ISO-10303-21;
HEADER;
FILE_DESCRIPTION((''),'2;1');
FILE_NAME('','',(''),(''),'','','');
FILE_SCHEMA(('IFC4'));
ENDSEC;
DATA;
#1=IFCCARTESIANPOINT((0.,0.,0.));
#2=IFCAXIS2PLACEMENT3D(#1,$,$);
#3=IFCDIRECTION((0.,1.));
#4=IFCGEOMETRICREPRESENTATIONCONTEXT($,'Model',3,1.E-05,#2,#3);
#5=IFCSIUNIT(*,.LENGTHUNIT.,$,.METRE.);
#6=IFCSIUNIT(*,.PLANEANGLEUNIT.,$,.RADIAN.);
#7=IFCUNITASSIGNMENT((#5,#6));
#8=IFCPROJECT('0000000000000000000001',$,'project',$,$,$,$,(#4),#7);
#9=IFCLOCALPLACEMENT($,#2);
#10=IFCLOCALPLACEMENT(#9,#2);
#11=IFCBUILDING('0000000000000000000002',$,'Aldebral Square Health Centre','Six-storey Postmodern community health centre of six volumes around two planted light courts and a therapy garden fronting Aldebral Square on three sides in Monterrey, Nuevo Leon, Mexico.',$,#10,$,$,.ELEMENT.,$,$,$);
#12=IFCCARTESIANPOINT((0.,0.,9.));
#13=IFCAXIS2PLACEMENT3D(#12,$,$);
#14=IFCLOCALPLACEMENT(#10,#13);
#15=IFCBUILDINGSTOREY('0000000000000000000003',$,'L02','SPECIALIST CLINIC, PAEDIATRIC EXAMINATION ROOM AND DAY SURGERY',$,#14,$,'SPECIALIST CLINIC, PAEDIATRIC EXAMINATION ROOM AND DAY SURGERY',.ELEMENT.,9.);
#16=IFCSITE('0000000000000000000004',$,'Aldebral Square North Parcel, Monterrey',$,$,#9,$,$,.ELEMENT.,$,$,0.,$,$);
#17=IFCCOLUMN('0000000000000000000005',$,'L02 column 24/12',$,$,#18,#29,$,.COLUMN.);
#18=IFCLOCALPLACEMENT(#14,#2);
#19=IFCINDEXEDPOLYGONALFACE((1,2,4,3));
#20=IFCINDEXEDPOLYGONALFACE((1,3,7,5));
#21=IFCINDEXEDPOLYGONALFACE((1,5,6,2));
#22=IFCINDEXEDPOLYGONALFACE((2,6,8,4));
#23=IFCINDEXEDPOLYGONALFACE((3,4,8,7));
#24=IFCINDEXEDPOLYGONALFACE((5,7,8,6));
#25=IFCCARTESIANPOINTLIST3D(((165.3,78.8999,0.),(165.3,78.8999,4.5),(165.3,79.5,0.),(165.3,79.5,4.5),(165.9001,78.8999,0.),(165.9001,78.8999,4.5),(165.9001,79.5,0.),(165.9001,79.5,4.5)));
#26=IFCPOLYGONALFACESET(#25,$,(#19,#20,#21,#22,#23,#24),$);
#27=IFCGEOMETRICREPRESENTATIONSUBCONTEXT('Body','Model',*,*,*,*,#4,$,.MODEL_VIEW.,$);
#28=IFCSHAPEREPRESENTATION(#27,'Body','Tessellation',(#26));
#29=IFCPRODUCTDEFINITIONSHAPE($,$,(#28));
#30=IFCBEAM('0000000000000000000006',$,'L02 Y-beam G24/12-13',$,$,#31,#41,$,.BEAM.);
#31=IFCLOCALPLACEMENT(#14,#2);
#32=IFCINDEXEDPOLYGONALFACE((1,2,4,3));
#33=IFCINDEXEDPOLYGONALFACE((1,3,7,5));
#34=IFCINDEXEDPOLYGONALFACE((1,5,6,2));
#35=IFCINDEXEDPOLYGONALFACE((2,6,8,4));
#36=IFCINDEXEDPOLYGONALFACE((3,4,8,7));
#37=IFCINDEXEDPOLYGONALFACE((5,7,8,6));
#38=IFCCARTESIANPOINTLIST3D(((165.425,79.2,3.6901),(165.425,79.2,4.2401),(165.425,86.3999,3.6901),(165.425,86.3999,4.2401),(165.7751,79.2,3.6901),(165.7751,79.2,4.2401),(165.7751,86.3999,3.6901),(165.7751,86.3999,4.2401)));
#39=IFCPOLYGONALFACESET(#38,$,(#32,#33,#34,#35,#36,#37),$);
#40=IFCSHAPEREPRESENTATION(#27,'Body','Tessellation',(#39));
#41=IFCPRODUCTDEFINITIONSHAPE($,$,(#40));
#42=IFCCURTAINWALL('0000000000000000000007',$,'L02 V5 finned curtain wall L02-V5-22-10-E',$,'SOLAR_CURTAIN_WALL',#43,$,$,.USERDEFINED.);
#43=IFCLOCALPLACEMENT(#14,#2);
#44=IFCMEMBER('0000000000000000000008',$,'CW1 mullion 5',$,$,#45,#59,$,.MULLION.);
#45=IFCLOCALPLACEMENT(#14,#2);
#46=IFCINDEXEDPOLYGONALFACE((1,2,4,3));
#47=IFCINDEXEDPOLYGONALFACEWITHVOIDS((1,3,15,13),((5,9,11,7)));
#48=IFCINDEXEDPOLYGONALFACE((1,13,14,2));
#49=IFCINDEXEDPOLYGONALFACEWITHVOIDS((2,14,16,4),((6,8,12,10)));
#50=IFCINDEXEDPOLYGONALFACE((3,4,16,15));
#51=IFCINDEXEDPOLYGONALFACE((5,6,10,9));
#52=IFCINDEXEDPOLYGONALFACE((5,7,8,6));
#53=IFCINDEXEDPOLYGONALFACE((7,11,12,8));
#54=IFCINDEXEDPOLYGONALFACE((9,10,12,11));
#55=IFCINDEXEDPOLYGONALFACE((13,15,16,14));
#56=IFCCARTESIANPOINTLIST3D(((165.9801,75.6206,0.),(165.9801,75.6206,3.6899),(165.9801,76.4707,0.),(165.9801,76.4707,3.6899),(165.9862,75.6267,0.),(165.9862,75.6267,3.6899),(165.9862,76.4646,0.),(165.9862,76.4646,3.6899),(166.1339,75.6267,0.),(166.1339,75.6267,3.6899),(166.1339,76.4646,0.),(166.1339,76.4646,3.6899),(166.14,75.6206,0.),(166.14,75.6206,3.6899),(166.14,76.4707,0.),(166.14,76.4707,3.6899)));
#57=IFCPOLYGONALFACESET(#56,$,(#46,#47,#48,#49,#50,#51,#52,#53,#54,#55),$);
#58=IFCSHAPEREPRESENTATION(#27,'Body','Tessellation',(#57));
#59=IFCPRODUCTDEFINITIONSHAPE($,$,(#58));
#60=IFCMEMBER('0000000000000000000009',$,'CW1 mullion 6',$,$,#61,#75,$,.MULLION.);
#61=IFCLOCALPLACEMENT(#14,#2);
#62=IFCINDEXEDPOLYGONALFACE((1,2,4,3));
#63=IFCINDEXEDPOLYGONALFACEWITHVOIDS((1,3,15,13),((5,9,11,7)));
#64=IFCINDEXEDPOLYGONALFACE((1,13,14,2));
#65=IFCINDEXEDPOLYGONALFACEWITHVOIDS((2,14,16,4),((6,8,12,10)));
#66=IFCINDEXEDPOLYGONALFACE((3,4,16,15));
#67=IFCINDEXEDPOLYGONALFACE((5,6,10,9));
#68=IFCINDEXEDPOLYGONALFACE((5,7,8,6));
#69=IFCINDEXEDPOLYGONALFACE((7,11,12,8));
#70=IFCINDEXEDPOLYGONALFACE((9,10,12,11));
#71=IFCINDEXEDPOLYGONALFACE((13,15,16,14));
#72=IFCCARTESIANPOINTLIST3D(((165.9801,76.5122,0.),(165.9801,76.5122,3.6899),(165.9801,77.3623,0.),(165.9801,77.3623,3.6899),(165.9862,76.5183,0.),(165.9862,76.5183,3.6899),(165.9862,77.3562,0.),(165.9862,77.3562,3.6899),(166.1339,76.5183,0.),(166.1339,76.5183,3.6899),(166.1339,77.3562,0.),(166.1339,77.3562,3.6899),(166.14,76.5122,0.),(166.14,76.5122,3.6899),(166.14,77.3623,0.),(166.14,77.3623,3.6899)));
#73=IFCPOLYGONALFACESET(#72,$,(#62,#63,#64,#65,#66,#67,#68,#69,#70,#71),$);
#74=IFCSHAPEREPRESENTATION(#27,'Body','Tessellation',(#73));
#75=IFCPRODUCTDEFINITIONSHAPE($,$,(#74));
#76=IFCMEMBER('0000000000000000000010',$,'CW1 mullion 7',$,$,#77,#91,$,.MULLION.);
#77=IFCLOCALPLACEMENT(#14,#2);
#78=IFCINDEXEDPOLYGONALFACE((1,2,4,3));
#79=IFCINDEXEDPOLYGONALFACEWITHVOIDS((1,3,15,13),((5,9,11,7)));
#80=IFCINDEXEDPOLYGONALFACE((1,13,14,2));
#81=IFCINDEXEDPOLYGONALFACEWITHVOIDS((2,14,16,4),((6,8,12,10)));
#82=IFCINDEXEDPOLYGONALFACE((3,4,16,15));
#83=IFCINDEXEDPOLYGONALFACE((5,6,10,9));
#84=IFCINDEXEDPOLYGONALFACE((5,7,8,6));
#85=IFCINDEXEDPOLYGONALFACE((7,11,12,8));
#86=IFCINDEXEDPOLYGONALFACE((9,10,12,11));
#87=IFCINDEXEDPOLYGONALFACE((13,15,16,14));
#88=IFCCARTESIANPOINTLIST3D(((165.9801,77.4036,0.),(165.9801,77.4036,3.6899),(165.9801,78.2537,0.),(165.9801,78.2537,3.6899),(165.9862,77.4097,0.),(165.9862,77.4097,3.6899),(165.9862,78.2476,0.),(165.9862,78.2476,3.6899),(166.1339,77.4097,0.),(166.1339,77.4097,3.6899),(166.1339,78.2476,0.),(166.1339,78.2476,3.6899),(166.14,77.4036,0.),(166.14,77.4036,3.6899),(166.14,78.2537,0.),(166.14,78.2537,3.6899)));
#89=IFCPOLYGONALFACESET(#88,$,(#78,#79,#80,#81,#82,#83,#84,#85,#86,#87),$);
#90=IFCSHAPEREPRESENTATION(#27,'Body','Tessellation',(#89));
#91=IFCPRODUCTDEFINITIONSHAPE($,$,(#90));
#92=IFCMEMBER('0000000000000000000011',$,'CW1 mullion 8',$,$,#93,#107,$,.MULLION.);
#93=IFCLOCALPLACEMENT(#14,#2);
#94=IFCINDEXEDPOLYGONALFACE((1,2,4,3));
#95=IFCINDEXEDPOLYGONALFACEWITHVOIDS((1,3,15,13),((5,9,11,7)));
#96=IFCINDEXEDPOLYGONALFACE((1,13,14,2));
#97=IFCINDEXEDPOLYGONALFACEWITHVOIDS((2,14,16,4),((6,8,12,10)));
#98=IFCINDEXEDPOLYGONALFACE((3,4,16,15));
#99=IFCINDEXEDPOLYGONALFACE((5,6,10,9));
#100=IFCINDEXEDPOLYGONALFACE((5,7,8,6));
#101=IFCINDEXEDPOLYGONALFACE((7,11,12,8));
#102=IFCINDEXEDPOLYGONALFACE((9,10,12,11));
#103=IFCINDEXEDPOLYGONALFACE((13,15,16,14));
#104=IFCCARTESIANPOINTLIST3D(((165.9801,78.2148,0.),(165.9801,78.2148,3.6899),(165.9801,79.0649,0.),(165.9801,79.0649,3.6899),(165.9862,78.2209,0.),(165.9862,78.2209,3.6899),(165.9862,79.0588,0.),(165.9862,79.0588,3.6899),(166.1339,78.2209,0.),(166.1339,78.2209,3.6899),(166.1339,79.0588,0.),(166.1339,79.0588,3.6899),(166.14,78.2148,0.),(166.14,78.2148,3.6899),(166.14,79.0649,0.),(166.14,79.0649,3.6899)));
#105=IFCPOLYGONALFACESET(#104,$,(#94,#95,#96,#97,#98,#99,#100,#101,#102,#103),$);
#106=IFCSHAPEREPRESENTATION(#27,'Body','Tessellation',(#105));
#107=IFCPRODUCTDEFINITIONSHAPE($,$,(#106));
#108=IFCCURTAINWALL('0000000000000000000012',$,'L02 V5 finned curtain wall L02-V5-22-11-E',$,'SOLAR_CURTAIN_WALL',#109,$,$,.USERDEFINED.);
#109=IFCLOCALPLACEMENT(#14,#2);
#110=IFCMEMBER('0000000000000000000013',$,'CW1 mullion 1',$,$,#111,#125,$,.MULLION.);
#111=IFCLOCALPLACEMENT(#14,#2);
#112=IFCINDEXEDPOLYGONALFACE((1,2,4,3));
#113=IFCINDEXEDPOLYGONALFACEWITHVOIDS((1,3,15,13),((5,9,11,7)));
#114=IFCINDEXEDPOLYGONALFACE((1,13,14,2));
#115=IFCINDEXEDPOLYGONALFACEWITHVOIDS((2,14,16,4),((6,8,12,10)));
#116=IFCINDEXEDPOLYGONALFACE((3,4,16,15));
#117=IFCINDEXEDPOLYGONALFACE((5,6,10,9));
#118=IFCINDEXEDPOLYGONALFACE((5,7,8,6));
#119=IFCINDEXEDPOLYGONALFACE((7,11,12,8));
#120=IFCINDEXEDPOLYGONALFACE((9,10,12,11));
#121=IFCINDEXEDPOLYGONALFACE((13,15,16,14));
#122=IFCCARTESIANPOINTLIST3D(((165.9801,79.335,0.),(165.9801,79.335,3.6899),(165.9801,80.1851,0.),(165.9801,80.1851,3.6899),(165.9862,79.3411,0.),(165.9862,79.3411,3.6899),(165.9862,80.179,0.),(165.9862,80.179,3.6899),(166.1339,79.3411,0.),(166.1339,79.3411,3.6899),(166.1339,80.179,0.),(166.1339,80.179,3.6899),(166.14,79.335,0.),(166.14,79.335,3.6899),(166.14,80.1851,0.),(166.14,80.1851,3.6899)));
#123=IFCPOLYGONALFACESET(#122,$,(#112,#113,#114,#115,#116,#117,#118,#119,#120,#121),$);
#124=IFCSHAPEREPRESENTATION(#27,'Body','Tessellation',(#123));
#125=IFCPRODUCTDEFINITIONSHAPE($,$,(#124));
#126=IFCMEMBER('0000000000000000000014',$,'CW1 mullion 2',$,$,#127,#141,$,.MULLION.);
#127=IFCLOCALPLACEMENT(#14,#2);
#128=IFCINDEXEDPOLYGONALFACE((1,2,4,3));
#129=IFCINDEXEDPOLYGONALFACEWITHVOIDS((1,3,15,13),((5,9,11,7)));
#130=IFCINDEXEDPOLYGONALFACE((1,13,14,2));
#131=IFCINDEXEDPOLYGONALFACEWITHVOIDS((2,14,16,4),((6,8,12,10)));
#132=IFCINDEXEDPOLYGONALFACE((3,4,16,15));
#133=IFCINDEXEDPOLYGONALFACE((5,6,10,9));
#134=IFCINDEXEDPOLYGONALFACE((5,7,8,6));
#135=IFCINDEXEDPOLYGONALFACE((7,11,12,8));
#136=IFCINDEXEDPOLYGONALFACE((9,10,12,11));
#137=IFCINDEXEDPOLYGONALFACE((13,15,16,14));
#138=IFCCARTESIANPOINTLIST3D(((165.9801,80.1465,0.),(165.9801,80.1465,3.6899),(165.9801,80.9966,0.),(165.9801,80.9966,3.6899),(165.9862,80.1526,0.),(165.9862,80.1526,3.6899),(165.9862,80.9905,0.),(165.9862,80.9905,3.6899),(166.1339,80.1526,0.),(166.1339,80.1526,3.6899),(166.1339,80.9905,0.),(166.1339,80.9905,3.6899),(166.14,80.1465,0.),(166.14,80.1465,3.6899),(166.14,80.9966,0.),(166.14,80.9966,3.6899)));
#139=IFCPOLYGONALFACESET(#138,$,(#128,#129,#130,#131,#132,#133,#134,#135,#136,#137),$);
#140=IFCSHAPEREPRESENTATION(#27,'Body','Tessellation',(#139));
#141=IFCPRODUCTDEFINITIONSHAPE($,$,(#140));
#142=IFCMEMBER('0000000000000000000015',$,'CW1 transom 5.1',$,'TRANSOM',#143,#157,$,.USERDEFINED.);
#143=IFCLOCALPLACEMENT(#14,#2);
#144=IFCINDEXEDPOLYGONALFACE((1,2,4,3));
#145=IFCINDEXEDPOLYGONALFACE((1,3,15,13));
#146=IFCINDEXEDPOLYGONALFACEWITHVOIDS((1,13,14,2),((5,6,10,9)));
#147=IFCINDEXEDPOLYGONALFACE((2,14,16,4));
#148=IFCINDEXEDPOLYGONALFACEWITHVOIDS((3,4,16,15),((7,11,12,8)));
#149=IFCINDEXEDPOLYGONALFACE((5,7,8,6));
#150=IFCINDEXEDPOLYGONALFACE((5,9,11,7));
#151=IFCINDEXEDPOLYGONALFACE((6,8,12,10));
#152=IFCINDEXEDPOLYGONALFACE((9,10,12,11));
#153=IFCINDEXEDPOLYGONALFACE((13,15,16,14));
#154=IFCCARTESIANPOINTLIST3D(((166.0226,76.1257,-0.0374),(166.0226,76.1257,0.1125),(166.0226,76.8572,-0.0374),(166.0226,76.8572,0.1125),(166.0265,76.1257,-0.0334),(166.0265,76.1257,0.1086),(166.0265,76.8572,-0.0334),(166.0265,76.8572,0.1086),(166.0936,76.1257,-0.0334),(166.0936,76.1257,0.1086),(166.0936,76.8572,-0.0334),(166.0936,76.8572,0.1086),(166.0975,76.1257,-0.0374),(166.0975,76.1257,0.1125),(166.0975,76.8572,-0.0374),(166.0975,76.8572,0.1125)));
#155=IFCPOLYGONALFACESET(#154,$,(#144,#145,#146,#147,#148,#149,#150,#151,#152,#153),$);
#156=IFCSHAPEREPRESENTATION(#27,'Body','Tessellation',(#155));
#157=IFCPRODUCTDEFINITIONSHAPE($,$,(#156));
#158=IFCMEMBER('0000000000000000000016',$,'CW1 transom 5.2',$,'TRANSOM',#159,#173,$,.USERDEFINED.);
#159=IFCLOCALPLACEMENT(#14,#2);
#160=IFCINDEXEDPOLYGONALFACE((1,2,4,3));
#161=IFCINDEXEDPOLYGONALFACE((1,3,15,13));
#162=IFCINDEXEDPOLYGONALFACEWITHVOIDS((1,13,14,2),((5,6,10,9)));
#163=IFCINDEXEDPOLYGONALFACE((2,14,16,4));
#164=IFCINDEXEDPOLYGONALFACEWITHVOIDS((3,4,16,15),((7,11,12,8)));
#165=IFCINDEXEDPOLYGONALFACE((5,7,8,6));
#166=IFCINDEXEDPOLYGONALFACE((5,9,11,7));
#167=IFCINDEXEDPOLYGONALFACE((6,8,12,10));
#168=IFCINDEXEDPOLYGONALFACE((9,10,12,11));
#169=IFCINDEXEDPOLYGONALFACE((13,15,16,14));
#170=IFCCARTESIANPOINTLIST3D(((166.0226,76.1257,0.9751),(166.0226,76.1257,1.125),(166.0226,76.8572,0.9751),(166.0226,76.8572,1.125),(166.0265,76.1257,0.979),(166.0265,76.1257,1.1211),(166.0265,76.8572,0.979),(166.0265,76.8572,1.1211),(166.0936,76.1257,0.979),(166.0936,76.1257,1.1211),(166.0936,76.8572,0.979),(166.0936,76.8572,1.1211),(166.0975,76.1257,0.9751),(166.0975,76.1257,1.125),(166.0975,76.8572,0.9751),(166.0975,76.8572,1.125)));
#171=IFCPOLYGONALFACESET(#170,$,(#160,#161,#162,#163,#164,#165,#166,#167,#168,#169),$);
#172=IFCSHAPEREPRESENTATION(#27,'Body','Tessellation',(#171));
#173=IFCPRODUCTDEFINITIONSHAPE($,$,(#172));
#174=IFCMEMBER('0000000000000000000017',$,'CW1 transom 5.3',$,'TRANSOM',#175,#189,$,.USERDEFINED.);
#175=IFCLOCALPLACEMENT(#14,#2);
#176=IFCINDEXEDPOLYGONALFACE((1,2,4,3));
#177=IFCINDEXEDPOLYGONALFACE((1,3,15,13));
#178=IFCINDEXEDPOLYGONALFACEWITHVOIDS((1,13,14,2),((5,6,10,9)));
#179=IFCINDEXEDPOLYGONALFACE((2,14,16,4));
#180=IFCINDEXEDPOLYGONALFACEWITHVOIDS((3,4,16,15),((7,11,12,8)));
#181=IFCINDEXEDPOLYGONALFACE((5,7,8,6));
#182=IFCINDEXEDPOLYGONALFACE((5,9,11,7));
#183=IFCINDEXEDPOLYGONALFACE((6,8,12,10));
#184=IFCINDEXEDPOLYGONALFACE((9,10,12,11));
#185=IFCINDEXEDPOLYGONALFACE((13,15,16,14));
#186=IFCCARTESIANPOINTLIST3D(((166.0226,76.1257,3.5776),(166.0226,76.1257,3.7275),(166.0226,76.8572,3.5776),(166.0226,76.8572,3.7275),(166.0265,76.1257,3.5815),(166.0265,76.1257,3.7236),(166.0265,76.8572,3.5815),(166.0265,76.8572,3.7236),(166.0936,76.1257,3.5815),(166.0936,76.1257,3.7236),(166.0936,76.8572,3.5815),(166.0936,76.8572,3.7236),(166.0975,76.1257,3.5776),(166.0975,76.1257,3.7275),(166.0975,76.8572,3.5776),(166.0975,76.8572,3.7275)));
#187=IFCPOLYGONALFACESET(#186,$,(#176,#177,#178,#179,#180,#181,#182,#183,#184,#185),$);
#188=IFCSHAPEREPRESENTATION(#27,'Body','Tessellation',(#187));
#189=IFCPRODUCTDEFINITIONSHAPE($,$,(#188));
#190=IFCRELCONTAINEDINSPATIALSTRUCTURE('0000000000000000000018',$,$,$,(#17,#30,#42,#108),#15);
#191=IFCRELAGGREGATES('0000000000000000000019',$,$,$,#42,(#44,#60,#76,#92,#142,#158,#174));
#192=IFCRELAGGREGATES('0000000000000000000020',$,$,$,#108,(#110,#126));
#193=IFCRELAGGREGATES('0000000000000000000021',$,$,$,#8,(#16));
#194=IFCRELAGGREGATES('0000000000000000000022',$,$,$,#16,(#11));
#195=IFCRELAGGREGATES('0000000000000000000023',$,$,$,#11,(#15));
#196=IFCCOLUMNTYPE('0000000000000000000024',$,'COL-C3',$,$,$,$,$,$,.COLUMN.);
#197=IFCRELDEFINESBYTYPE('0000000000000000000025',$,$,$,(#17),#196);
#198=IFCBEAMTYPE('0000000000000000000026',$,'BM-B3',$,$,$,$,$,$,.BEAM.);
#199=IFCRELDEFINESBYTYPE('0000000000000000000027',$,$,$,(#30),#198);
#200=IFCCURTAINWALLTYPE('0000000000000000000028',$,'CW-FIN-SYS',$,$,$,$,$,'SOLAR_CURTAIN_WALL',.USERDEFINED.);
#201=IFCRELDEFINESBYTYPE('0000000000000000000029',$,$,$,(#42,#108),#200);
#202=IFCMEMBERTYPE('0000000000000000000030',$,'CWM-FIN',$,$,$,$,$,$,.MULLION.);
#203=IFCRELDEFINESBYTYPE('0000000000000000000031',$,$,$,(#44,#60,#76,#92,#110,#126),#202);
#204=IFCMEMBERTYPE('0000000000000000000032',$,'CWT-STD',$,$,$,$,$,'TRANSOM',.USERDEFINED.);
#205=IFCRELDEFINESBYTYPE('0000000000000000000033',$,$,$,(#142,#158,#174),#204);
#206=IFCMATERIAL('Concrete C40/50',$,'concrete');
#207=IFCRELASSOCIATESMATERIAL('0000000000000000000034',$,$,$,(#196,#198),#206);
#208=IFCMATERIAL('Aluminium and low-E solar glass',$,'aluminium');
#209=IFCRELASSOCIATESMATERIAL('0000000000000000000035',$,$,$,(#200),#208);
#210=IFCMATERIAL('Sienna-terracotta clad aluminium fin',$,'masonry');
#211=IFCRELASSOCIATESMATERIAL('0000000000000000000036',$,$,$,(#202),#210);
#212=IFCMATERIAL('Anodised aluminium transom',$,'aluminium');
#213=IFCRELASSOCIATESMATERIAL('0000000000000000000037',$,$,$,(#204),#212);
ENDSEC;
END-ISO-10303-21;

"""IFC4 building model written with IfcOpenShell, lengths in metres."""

from ifc_helpers import new_model, si_unit, direction, frame, origin, origin_2d, place, context, subcontext, project, spatial, rectangle, hollow_rectangle, extrude, material, material_profile, profile_set, type_object, element, aggregate, save


model = new_model("IFC4")

# Units and contexts
model_context = context("Model", 3, precision=1e-05, world=origin(), true_north=direction((0.0, 1.0)))
body_context = subcontext(model_context, "Body", "Model", "MODEL_VIEW")
ifc_project = project(units=[si_unit("LENGTHUNIT", "METRE"), si_unit("PLANEANGLEUNIT", "RADIAN")], contexts=[model_context])

# Site, building, storey
site_placement = place(None, origin())
site = spatial("IfcSite", under=ifc_project, at=site_placement, Name="Aldebral Square North Parcel, Monterrey", CompositionType="ELEMENT", RefElevation=0.0)
building_placement = place(site_placement, origin())
building = spatial("IfcBuilding", under=site, at=building_placement, Name="Aldebral Square Health Centre", Description="Six-storey Postmodern community health centre of six volumes around two planted light courts and a therapy garden fronting Aldebral Square on three sides in Monterrey, Nuevo Leon, Mexico.", CompositionType="ELEMENT")
storey_placement = place(building_placement, frame((0.0, 0.0, 9.0)))
storey = spatial("IfcBuildingStorey", under=building, at=storey_placement, Name="L02", Description="SPECIALIST CLINIC, PAEDIATRIC EXAMINATION ROOM AND DAY SURGERY", LongName="SPECIALIST CLINIC, PAEDIATRIC EXAMINATION ROOM AND DAY SURGERY", CompositionType="ELEMENT", Elevation=9.0)

# Column
ifc_material_1 = material(Name="Concrete C40/50", Category="concrete")
ifc_material_profile_1 = material_profile(ifc_material_1, rectangle(XDim=0.6001, YDim=0.6001, at=origin_2d()), Name="RC 600x600")
ifc_profile_set_1 = profile_set([ifc_material_profile_1], Name="Concrete C40/50")
column_type = type_object("IfcColumnType", Name="COL-C3", PredefinedType="COLUMN", material=ifc_profile_set_1)
column_placement = place(storey_placement, frame((165.6001, 79.2, 0.0), z_axis=(0.0, 0.0, 1.0), x_axis=(1.0, 0.0, 0.0)))
element("IfcColumn", 1, at=column_placement, inside=storey, type_object=column_type, Name="L02 column 24/12", PredefinedType="COLUMN", context=body_context, shape_type="SweptSolid", body=[
    extrude(rectangle(XDim=0.6001, YDim=0.6001, at=origin_2d()), origin(), (0.0, 0.0, 1.0), 4.5),
])

# Beam
ifc_material_profile_2 = material_profile(ifc_material_1, rectangle(XDim=0.3501, YDim=0.55, at=origin_2d()), Name="RC 350x550")
ifc_profile_set_2 = profile_set([ifc_material_profile_2], Name="Concrete C40/50")
beam_type = type_object("IfcBeamType", Name="BM-B3", PredefinedType="BEAM", material=ifc_profile_set_2)
beam_placement = place(storey_placement, frame((165.6001, 79.2, 3.9651), z_axis=(0.0, 1.0, 0.0), x_axis=(-1.0, 0.0, 0.0)))
element("IfcBeam", 2, at=beam_placement, inside=storey, type_object=beam_type, Name="L02 Y-beam G24/12-13", PredefinedType="BEAM", context=body_context, shape_type="SweptSolid", body=[
    extrude(rectangle(XDim=0.3501, YDim=0.55, at=origin_2d()), origin(), (0.0, 0.0, 1.0), 7.2),
])

# Curtain walls, members
ifc_material_2 = material(Name="Aluminium and low-E solar glass", Category="aluminium")
curtain_wall_type = type_object("IfcCurtainWallType", Name="CW-FIN-SYS", ElementType="SOLAR_CURTAIN_WALL", PredefinedType="USERDEFINED", material=ifc_material_2)
curtain_wall_1_placement = place(storey_placement, origin())
curtain_wall_1 = element("IfcCurtainWall", 3, at=curtain_wall_1_placement, inside=storey, type_object=curtain_wall_type, Name="L02 V5 finned curtain wall L02-V5-22-10-E", ObjectType="SOLAR_CURTAIN_WALL", PredefinedType="USERDEFINED")
ifc_material_3 = material(Name="Sienna-terracotta clad aluminium fin", Category="masonry")
ifc_material_profile_3 = material_profile(ifc_material_3, hollow_rectangle(XDim=0.1599, YDim=0.8501, WallThickness=0.0061, at=origin_2d()), Name="FIN 160x850x6")
ifc_profile_set_3 = profile_set([ifc_material_profile_3], Name="Sienna-terracotta clad aluminium fin")
member_type_1 = type_object("IfcMemberType", Name="CWM-FIN", PredefinedType="MULLION", material=ifc_profile_set_3)
member_1_placement = place(storey_placement, frame((166.0601, 76.0457, 0.0), z_axis=(0.0, 0.0, 1.0), x_axis=(-1.0, 0.0, 0.0)))
member_1 = element("IfcMember", 4, at=member_1_placement, type_object=member_type_1, Name="CW1 mullion 5", PredefinedType="MULLION", context=body_context, shape_type="SweptSolid", body=[
    extrude(hollow_rectangle(XDim=0.1599, YDim=0.8501, WallThickness=0.0061, at=origin_2d()), origin(), (0.0, 0.0, 1.0), 3.6899),
])
member_2_placement = place(storey_placement, frame((166.0601, 76.9373, 0.0), z_axis=(0.0, 0.0, 1.0), x_axis=(-1.0, 0.0, 0.0)))
member_2 = element("IfcMember", 5, at=member_2_placement, type_object=member_type_1, Name="CW1 mullion 6", PredefinedType="MULLION", context=body_context, shape_type="SweptSolid", body=[
    extrude(hollow_rectangle(XDim=0.1599, YDim=0.8501, WallThickness=0.0061, at=origin_2d()), origin(), (0.0, 0.0, 1.0), 3.6899),
])
member_3_placement = place(storey_placement, frame((166.0601, 77.8286, 0.0), z_axis=(0.0, 0.0, 1.0), x_axis=(-1.0, 0.0, 0.0)))
member_3 = element("IfcMember", 6, at=member_3_placement, type_object=member_type_1, Name="CW1 mullion 7", PredefinedType="MULLION", context=body_context, shape_type="SweptSolid", body=[
    extrude(hollow_rectangle(XDim=0.1599, YDim=0.8501, WallThickness=0.0061, at=origin_2d()), origin(), (0.0, 0.0, 1.0), 3.6899),
])
member_4_placement = place(storey_placement, frame((166.0601, 78.6399, 0.0), z_axis=(0.0, 0.0, 1.0), x_axis=(-1.0, 0.0, 0.0)))
member_4 = element("IfcMember", 7, at=member_4_placement, type_object=member_type_1, Name="CW1 mullion 8", PredefinedType="MULLION", context=body_context, shape_type="SweptSolid", body=[
    extrude(hollow_rectangle(XDim=0.1599, YDim=0.8501, WallThickness=0.0061, at=origin_2d()), origin(), (0.0, 0.0, 1.0), 3.6899),
])
curtain_wall_2_placement = place(storey_placement, origin())
curtain_wall_2 = element("IfcCurtainWall", 8, at=curtain_wall_2_placement, inside=storey, type_object=curtain_wall_type, Name="L02 V5 finned curtain wall L02-V5-22-11-E", ObjectType="SOLAR_CURTAIN_WALL", PredefinedType="USERDEFINED")
member_5_placement = place(storey_placement, frame((166.0601, 79.76, 0.0), z_axis=(0.0, 0.0, 1.0), x_axis=(-1.0, 0.0, 0.0)))
member_5 = element("IfcMember", 9, at=member_5_placement, type_object=member_type_1, Name="CW1 mullion 1", PredefinedType="MULLION", context=body_context, shape_type="SweptSolid", body=[
    extrude(hollow_rectangle(XDim=0.1599, YDim=0.8501, WallThickness=0.0061, at=origin_2d()), origin(), (0.0, 0.0, 1.0), 3.6899),
])
member_6_placement = place(storey_placement, frame((166.0601, 80.5715, 0.0), z_axis=(0.0, 0.0, 1.0), x_axis=(-1.0, 0.0, 0.0)))
member_6 = element("IfcMember", 10, at=member_6_placement, type_object=member_type_1, Name="CW1 mullion 2", PredefinedType="MULLION", context=body_context, shape_type="SweptSolid", body=[
    extrude(hollow_rectangle(XDim=0.1599, YDim=0.8501, WallThickness=0.0061, at=origin_2d()), origin(), (0.0, 0.0, 1.0), 3.6899),
])

# Members
ifc_material_4 = material(Name="Anodised aluminium transom", Category="aluminium")
ifc_material_profile_4 = material_profile(ifc_material_4, hollow_rectangle(XDim=0.075, YDim=0.1499, WallThickness=0.0039, at=origin_2d()), Name="CWT 75x150x4")
ifc_profile_set_4 = profile_set([ifc_material_profile_4], Name="Anodised aluminium transom")
member_type_2 = type_object("IfcMemberType", Name="CWT-STD", ElementType="TRANSOM", PredefinedType="USERDEFINED", material=ifc_profile_set_4)
member_7_placement = place(storey_placement, frame((166.0601, 76.1257, 0.0376), z_axis=(0.0, 1.0, 0.0), x_axis=(-1.0, 0.0, 0.0)))
member_7 = element("IfcMember", 11, at=member_7_placement, type_object=member_type_2, Name="CW1 transom 5.1", ObjectType="TRANSOM", PredefinedType="USERDEFINED", context=body_context, shape_type="SweptSolid", body=[
    extrude(hollow_rectangle(XDim=0.075, YDim=0.1499, WallThickness=0.0039, at=origin_2d()), origin(), (0.0, 0.0, 1.0), 0.7314),
])
member_8_placement = place(storey_placement, frame((166.0601, 76.1257, 1.05), z_axis=(0.0, 1.0, 0.0), x_axis=(-1.0, 0.0, 0.0)))
member_8 = element("IfcMember", 12, at=member_8_placement, type_object=member_type_2, Name="CW1 transom 5.2", ObjectType="TRANSOM", PredefinedType="USERDEFINED", context=body_context, shape_type="SweptSolid", body=[
    extrude(hollow_rectangle(XDim=0.075, YDim=0.1499, WallThickness=0.0039, at=origin_2d()), origin(), (0.0, 0.0, 1.0), 0.7314),
])
member_9_placement = place(storey_placement, frame((166.0601, 76.1257, 3.6526), z_axis=(0.0, 1.0, 0.0), x_axis=(-1.0, 0.0, 0.0)))
member_9 = element("IfcMember", 13, at=member_9_placement, type_object=member_type_2, Name="CW1 transom 5.3", ObjectType="TRANSOM", PredefinedType="USERDEFINED", context=body_context, shape_type="SweptSolid", body=[
    extrude(hollow_rectangle(XDim=0.075, YDim=0.1499, WallThickness=0.0039, at=origin_2d()), origin(), (0.0, 0.0, 1.0), 0.7314),
])

aggregate(curtain_wall_1, [member_1, member_2, member_3, member_4, member_7, member_8, member_9])
aggregate(curtain_wall_2, [member_5, member_6])

save(model, "model.ifc")
